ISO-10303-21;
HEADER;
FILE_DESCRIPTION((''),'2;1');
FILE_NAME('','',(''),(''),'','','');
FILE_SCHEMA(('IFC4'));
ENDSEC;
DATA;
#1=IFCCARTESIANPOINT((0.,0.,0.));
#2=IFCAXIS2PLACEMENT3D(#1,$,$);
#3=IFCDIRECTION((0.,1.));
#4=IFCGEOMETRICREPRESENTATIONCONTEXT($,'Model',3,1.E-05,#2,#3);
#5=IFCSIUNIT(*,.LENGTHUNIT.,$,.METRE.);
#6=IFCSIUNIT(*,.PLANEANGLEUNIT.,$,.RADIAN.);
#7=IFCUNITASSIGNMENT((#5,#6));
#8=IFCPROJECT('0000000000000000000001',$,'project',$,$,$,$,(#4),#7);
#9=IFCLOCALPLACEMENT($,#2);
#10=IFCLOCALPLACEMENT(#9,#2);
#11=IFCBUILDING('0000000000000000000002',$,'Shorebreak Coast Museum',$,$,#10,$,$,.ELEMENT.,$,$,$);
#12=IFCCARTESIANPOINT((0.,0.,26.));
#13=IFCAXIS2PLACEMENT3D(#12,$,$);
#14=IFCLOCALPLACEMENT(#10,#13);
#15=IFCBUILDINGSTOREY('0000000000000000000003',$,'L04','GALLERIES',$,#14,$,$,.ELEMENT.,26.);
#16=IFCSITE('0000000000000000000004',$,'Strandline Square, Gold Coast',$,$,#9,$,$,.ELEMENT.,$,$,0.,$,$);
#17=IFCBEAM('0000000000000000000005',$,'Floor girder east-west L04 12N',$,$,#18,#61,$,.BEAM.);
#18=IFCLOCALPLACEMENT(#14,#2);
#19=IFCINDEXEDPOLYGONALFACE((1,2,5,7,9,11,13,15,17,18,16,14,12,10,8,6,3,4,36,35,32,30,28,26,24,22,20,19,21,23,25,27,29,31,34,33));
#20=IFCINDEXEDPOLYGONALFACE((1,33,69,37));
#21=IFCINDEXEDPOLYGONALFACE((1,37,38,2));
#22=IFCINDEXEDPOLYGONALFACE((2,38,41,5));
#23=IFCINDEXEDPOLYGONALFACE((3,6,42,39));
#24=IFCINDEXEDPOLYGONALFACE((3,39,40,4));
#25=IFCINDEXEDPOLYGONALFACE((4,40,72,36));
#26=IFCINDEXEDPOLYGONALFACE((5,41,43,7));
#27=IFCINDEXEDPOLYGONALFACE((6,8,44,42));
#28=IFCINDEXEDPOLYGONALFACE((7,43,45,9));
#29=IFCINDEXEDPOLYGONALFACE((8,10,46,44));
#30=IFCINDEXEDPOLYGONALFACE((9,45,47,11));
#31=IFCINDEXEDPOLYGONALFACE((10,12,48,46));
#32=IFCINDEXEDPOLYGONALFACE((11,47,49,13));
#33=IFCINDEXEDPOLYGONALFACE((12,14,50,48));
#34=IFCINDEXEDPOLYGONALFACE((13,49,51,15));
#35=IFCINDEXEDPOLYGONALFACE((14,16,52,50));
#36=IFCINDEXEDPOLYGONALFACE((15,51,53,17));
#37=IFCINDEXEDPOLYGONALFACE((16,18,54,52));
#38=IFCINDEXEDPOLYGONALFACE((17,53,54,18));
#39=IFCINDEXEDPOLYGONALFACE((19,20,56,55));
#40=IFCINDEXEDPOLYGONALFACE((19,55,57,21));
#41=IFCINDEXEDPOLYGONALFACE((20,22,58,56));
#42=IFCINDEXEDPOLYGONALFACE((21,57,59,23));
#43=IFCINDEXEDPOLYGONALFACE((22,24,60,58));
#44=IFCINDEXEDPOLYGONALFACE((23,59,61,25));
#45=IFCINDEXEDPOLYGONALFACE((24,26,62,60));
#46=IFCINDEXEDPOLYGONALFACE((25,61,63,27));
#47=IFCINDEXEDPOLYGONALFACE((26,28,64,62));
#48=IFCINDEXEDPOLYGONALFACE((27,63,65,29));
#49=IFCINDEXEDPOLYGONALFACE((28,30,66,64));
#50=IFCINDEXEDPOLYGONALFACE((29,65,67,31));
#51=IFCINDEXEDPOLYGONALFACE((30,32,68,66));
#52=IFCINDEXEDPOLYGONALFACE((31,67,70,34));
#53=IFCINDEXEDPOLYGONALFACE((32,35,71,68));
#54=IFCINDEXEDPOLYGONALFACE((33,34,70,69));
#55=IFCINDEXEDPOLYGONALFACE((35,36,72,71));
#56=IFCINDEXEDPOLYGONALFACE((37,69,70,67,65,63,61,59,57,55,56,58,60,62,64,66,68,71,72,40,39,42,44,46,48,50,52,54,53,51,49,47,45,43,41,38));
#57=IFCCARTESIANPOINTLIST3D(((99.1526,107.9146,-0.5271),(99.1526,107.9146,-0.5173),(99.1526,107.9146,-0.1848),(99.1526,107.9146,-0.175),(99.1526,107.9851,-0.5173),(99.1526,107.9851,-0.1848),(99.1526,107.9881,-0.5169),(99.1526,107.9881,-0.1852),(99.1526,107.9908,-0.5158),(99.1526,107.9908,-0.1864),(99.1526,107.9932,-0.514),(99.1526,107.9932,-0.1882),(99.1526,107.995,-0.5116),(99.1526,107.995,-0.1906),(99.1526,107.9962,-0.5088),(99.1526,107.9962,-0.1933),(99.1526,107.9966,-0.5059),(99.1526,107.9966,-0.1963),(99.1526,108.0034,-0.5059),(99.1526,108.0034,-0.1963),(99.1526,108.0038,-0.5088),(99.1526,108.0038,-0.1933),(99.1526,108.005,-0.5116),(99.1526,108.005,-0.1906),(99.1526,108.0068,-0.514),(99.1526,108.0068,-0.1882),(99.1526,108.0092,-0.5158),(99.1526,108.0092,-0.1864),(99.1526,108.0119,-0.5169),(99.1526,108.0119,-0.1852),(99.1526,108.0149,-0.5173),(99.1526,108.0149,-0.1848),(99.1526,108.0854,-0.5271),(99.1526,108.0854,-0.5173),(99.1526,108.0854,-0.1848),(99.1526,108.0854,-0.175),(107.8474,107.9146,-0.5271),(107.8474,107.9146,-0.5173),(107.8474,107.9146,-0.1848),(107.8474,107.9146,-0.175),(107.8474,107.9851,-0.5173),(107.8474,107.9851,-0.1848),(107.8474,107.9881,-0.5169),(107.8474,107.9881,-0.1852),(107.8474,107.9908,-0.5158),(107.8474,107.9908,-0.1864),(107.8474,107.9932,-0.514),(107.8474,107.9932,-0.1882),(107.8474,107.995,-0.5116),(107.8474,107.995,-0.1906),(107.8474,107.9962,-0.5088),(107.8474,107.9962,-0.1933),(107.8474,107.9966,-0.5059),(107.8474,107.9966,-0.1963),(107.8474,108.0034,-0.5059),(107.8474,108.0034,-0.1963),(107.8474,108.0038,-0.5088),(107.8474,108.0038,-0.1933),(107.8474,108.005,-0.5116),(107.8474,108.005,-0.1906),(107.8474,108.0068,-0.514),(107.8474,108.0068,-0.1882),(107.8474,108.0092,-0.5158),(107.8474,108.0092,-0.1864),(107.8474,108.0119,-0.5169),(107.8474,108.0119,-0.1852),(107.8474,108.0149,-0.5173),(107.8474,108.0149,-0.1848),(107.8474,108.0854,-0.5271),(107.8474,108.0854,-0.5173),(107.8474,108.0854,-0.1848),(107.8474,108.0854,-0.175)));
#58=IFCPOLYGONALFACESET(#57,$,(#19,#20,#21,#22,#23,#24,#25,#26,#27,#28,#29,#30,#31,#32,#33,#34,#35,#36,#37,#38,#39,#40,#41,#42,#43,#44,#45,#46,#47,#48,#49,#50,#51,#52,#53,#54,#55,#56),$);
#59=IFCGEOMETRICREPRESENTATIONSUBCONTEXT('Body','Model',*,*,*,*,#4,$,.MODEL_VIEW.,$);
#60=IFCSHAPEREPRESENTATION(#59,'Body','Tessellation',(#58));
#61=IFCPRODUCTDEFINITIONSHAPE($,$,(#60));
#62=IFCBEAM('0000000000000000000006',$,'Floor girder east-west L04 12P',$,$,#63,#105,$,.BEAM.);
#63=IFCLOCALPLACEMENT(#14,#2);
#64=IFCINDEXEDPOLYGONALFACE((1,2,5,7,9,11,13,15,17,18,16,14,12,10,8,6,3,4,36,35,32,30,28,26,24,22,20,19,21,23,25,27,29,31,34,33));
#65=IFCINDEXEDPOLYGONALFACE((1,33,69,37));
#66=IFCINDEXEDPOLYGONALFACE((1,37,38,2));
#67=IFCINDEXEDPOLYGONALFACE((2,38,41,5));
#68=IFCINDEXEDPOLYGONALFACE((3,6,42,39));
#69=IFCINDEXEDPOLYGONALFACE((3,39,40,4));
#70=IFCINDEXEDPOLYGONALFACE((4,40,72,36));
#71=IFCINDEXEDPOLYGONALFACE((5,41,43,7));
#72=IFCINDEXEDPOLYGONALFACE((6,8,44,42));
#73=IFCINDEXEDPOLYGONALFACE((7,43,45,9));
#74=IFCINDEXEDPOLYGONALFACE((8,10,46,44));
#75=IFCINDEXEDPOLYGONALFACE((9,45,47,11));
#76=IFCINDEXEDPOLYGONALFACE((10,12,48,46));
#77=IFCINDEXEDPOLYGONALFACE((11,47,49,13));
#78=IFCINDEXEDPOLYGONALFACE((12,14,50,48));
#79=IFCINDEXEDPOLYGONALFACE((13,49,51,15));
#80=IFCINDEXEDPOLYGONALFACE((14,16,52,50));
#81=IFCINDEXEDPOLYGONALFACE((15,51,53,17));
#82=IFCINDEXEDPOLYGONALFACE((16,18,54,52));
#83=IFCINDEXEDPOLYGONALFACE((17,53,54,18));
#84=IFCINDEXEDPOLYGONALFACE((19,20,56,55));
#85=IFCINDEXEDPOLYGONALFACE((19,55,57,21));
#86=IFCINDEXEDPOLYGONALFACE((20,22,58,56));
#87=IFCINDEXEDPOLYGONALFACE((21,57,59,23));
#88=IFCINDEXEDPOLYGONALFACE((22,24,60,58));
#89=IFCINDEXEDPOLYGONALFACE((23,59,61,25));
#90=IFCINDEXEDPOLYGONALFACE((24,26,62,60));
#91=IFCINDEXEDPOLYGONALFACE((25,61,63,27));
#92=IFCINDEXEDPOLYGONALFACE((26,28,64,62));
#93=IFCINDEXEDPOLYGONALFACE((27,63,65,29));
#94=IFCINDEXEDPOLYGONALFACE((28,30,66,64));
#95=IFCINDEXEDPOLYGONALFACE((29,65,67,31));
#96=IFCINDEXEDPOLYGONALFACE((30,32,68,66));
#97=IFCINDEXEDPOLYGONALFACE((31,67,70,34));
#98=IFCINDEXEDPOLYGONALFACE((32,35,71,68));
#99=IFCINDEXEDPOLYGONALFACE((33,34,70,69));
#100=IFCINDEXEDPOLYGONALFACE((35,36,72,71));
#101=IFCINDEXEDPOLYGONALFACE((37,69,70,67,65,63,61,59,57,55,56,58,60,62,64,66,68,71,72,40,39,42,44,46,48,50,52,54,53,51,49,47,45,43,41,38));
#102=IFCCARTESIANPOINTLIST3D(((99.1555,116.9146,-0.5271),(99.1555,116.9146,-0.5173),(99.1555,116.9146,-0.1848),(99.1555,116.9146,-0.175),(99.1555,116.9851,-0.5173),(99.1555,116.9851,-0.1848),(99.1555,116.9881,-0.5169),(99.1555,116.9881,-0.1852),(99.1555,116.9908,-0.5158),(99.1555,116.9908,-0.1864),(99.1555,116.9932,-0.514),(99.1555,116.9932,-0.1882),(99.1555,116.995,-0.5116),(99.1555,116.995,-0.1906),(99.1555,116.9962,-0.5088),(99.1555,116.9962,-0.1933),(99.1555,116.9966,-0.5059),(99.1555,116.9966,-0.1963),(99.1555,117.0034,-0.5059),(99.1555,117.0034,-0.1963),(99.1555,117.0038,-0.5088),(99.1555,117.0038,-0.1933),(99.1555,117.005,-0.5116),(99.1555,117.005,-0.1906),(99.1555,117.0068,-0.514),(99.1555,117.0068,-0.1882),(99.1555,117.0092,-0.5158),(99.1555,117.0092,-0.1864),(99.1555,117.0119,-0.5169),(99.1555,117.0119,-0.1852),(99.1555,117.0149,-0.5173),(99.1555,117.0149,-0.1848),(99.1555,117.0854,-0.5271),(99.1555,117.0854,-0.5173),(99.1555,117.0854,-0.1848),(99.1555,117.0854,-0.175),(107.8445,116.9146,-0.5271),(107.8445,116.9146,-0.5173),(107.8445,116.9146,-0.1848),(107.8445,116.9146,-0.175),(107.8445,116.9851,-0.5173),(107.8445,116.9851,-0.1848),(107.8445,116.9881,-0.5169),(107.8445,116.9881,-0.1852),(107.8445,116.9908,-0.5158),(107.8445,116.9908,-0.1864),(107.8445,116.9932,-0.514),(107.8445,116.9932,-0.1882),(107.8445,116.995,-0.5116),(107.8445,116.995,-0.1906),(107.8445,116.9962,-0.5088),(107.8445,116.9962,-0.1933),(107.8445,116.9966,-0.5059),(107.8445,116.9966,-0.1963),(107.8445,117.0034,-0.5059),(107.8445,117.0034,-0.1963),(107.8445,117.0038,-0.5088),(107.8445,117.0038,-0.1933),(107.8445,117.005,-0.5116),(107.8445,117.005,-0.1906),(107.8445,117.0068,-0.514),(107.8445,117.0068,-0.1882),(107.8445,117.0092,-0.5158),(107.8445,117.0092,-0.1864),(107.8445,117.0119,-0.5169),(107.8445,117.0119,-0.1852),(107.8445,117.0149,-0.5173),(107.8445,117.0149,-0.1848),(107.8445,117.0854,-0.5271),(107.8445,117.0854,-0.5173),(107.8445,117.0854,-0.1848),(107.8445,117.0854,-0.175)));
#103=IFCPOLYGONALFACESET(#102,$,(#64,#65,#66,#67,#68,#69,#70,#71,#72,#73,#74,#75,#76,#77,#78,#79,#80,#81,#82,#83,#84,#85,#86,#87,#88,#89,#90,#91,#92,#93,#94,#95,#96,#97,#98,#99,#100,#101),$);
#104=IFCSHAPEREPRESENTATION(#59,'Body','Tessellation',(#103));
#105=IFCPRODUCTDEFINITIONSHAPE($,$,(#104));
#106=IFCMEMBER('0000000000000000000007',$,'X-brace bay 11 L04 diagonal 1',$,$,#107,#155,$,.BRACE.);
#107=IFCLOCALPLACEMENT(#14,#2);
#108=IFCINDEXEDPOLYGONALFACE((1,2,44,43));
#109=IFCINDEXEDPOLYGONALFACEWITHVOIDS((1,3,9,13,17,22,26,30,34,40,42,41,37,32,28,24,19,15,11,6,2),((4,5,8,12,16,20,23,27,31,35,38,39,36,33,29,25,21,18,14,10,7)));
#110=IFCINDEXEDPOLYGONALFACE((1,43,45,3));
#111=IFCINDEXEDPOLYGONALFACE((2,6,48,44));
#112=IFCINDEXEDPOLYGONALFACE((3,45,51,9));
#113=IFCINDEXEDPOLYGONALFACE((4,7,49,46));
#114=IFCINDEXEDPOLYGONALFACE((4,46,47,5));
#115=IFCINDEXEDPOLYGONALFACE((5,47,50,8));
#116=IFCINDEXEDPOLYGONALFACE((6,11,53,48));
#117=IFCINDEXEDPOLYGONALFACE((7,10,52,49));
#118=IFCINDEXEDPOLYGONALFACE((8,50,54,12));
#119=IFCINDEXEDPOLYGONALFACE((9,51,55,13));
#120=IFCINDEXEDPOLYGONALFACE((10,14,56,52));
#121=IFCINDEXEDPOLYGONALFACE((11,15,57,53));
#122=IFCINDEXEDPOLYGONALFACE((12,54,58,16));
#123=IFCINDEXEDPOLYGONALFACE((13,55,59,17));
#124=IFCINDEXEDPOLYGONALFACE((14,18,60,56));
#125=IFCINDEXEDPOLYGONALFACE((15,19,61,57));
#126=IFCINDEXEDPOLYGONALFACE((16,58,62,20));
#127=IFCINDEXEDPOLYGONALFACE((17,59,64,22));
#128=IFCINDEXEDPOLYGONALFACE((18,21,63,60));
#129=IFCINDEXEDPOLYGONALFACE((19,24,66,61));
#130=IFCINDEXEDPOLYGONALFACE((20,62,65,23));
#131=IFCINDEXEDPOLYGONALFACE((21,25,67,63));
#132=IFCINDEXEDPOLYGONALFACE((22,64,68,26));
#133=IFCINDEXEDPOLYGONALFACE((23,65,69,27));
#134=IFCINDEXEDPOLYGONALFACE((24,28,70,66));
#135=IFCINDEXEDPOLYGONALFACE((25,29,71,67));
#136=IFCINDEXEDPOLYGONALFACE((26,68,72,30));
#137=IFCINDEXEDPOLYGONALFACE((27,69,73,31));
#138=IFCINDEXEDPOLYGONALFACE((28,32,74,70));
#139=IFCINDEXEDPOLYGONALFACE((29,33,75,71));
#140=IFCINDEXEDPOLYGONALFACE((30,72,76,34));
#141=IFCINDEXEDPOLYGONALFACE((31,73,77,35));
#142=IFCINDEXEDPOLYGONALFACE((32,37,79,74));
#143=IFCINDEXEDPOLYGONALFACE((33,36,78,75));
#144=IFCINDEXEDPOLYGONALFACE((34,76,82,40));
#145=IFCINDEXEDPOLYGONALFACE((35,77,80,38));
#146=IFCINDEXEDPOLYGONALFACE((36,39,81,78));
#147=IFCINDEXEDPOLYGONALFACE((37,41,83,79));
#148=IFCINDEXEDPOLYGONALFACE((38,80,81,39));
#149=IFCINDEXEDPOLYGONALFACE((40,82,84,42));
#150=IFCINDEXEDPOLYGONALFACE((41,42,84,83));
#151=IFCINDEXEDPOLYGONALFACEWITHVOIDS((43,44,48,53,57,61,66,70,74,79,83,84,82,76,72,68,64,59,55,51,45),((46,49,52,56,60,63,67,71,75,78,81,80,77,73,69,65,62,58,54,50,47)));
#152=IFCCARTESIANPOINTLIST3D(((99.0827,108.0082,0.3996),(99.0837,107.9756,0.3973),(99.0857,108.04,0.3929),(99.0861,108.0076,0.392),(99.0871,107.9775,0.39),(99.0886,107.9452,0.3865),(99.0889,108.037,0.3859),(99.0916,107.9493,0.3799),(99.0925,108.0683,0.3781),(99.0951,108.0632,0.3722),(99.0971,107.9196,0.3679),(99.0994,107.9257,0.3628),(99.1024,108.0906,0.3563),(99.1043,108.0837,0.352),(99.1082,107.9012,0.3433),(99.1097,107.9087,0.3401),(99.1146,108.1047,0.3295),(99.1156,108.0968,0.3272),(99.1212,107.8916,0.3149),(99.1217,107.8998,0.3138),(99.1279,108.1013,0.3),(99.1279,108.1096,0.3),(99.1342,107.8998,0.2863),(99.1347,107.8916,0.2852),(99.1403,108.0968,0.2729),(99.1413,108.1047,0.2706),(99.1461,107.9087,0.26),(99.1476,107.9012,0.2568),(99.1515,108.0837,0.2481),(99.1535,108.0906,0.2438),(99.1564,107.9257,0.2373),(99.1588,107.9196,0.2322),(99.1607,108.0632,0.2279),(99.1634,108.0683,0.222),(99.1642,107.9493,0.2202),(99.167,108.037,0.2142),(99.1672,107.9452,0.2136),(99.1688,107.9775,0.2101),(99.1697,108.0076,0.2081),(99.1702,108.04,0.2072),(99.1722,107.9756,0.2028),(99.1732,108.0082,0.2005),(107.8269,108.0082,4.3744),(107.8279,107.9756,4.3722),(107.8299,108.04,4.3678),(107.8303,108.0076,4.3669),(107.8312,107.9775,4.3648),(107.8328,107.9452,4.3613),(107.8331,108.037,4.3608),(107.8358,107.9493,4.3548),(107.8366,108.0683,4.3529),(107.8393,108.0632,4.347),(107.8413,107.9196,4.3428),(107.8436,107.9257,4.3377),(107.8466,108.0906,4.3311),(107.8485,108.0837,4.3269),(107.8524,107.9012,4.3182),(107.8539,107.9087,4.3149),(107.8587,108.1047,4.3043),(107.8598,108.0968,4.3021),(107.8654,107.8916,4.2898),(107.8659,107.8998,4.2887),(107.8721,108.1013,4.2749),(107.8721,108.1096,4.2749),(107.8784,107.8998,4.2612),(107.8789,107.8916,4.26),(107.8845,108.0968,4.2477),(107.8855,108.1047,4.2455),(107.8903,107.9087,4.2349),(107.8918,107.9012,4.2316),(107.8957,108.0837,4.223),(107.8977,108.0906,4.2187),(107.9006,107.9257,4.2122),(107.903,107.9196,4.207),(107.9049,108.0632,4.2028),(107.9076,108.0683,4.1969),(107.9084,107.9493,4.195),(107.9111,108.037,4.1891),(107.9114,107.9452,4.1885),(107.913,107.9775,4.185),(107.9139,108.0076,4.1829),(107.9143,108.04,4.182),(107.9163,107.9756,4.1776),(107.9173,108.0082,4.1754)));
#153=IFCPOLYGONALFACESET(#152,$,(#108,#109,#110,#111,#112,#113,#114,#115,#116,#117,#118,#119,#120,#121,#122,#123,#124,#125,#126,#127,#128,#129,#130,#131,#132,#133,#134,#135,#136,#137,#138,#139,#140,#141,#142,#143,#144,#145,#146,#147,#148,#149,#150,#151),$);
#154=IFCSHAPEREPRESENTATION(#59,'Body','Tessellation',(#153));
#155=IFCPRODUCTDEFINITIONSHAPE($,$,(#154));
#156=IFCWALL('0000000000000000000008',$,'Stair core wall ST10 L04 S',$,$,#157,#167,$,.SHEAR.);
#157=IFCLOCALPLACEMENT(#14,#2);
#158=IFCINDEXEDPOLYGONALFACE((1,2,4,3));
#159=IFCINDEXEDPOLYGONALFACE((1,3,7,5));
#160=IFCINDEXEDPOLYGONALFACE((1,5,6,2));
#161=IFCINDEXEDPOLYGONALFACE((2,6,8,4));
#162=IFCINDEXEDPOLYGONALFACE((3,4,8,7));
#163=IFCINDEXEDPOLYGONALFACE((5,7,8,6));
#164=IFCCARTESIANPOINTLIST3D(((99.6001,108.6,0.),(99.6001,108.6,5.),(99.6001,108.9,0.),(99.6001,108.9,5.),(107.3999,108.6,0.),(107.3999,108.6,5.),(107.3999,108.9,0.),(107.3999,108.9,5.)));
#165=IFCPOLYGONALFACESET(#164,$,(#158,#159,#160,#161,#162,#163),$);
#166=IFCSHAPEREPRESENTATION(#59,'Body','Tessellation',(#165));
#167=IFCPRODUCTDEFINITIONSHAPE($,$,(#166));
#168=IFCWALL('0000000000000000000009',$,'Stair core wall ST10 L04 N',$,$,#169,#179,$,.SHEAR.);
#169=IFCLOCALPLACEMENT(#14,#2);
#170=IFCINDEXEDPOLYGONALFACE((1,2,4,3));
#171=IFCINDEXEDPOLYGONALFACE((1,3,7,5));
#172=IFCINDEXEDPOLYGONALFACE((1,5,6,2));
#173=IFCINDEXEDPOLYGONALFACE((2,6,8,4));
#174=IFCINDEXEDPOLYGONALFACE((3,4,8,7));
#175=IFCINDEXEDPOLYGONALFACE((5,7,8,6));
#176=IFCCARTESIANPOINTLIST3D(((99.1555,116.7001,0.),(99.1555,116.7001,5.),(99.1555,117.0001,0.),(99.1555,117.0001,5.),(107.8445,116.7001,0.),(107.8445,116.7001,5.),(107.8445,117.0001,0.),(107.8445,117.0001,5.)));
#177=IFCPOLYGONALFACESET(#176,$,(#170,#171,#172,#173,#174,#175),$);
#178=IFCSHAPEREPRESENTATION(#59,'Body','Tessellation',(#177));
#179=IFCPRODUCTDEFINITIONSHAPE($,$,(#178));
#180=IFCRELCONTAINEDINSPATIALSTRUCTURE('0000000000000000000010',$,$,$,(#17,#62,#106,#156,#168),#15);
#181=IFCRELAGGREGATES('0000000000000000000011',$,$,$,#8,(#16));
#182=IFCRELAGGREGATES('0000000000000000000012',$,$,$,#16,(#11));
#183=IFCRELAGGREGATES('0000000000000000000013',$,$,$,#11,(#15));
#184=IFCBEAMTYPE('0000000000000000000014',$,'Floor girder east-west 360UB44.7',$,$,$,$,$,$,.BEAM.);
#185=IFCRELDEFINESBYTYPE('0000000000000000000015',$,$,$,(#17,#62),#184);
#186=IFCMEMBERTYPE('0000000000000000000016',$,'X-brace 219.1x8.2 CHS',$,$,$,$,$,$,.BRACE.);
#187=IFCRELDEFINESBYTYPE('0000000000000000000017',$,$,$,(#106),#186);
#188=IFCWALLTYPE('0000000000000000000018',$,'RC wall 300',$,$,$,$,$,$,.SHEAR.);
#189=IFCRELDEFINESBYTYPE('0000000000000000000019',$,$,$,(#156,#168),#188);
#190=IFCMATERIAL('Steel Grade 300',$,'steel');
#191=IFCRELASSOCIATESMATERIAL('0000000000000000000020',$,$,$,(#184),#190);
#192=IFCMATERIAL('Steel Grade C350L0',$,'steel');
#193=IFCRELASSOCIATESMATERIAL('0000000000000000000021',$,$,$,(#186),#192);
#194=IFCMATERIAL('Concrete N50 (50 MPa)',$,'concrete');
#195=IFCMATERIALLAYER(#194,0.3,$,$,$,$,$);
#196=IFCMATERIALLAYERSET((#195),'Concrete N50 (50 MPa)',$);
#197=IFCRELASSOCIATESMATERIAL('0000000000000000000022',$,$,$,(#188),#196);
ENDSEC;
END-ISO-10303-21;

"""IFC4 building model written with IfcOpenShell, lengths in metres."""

from ifc_helpers import new_model, si_unit, direction, frame, frame_2d, origin, origin_2d, place, context, subcontext, project, spatial, rectangle, hollow_circle, i_section, extrude, material, layer, layer_set, material_profile, profile_set, type_object, element, save


model = new_model("IFC4")

# Units and contexts
model_context = context("Model", 3, precision=1e-05, world=origin(), true_north=direction((0.0, 1.0)))
body_context = subcontext(model_context, "Body", "Model", "MODEL_VIEW")
ifc_project = project(units=[si_unit("LENGTHUNIT", "METRE"), si_unit("PLANEANGLEUNIT", "RADIAN")], contexts=[model_context])

# Site, building, storey
site_placement = place(None, origin())
site = spatial("IfcSite", under=ifc_project, at=site_placement, Name="Strandline Square, Gold Coast", CompositionType="ELEMENT", RefElevation=0.0)
building_placement = place(site_placement, origin())
building = spatial("IfcBuilding", under=site, at=building_placement, Name="Shorebreak Coast Museum", CompositionType="ELEMENT")
storey_placement = place(building_placement, frame((0.0, 0.0, 26.0)))
storey = spatial("IfcBuildingStorey", under=building, at=storey_placement, Name="L04", Description="GALLERIES", CompositionType="ELEMENT", Elevation=26.0)

# Beams
ifc_material_1 = material(Name="Steel Grade 300", Category="steel")
ifc_material_profile_1 = material_profile(ifc_material_1, i_section(OverallWidth=0.1709, OverallDepth=0.3521, WebThickness=0.0068, FlangeThickness=0.0098, FilletRadius=0.0115, at=origin_2d()), Name="360UB44.7")
ifc_profile_set_1 = profile_set([ifc_material_profile_1], Name="Steel Grade 300")
beam_type = type_object("IfcBeamType", Name="Floor girder east-west 360UB44.7", PredefinedType="BEAM", material=ifc_profile_set_1)
beam_1_placement = place(storey_placement, frame((99.1526, 108.0, -0.3511), z_axis=(1.0, 0.0, 0.0), x_axis=(0.0, 1.0, 0.0)))
element("IfcBeam", 1, at=beam_1_placement, inside=storey, type_object=beam_type, Name="Floor girder east-west L04 12N", PredefinedType="BEAM", context=body_context, shape_type="SweptSolid", body=[
    extrude(i_section(OverallWidth=0.1709, OverallDepth=0.3521, WebThickness=0.0068, FlangeThickness=0.0098, FilletRadius=0.0115, at=origin_2d()), origin(), (0.0, 0.0, 1.0), 8.6948),
])
beam_2_placement = place(storey_placement, frame((99.1555, 117.0, -0.3511), z_axis=(1.0, 0.0, 0.0), x_axis=(0.0, 1.0, 0.0)))
element("IfcBeam", 2, at=beam_2_placement, inside=storey, type_object=beam_type, Name="Floor girder east-west L04 12P", PredefinedType="BEAM", context=body_context, shape_type="SweptSolid", body=[
    extrude(i_section(OverallWidth=0.1709, OverallDepth=0.3521, WebThickness=0.0068, FlangeThickness=0.0098, FilletRadius=0.0115, at=origin_2d()), origin(), (0.0, 0.0, 1.0), 8.689),
])

# Member
ifc_material_2 = material(Name="Steel Grade C350L0", Category="steel")
ifc_material_profile_2 = material_profile(ifc_material_2, hollow_circle(Radius=0.1096, WallThickness=0.0083, at=origin_2d()), Name="219.1x8.2 CHS")
ifc_profile_set_2 = profile_set([ifc_material_profile_2], Name="Steel Grade C350L0")
member_type = type_object("IfcMemberType", Name="X-brace 219.1x8.2 CHS", PredefinedType="BRACE", material=ifc_profile_set_2)
member_placement = place(storey_placement, frame((99.1279, 108.0, 0.3), z_axis=(0.910357, 0.0, 0.413824), x_axis=(0.0, 1.0, 0.0)))
element("IfcMember", 3, at=member_placement, inside=storey, type_object=member_type, Name="X-brace bay 11 L04 diagonal 1", PredefinedType="BRACE", context=body_context, shape_type="SweptSolid", body=[
    extrude(hollow_circle(Radius=0.1096, WallThickness=0.0083, at=origin_2d()), origin(), (0.0, 0.0, 1.0), 9.6052),
])

# Walls
ifc_material_3 = material(Name="Concrete N50 (50 MPa)", Category="concrete")
ifc_layer_1 = layer(ifc_material_3, 0.3)
ifc_layer_set_1 = layer_set([ifc_layer_1], Name="Concrete N50 (50 MPa)")
wall_type_1 = type_object("IfcWallType", Name="RC wall 300", PredefinedType="SHEAR", material=ifc_layer_set_1)
wall_1_placement = place(storey_placement, frame((99.6001, 108.75, 0.0), z_axis=(0.0, 0.0, 1.0), x_axis=(1.0, 0.0, 0.0)))
element("IfcWall", 4, at=wall_1_placement, inside=storey, type_object=wall_type_1, Name="Stair core wall ST10 L04 S", PredefinedType="SHEAR", context=body_context, shape_type="SweptSolid", body=[
    extrude(rectangle(XDim=7.7998, YDim=0.3, at=frame_2d((3.8999, 0.0))), origin(), (0.0, 0.0, 1.0), 5.0),
])
wall_2_placement = place(storey_placement, frame((99.1555, 116.8501, 0.0), z_axis=(0.0, 0.0, 1.0), x_axis=(1.0, 0.0, 0.0)))
element("IfcWall", 5, at=wall_2_placement, inside=storey, type_object=wall_type_1, Name="Stair core wall ST10 L04 N", PredefinedType="SHEAR", context=body_context, shape_type="SweptSolid", body=[
    extrude(rectangle(XDim=8.689, YDim=0.3, at=frame_2d((4.3445, 0.0))), origin(), (0.0, 0.0, 1.0), 5.0),
])

save(model, "model.ifc")
